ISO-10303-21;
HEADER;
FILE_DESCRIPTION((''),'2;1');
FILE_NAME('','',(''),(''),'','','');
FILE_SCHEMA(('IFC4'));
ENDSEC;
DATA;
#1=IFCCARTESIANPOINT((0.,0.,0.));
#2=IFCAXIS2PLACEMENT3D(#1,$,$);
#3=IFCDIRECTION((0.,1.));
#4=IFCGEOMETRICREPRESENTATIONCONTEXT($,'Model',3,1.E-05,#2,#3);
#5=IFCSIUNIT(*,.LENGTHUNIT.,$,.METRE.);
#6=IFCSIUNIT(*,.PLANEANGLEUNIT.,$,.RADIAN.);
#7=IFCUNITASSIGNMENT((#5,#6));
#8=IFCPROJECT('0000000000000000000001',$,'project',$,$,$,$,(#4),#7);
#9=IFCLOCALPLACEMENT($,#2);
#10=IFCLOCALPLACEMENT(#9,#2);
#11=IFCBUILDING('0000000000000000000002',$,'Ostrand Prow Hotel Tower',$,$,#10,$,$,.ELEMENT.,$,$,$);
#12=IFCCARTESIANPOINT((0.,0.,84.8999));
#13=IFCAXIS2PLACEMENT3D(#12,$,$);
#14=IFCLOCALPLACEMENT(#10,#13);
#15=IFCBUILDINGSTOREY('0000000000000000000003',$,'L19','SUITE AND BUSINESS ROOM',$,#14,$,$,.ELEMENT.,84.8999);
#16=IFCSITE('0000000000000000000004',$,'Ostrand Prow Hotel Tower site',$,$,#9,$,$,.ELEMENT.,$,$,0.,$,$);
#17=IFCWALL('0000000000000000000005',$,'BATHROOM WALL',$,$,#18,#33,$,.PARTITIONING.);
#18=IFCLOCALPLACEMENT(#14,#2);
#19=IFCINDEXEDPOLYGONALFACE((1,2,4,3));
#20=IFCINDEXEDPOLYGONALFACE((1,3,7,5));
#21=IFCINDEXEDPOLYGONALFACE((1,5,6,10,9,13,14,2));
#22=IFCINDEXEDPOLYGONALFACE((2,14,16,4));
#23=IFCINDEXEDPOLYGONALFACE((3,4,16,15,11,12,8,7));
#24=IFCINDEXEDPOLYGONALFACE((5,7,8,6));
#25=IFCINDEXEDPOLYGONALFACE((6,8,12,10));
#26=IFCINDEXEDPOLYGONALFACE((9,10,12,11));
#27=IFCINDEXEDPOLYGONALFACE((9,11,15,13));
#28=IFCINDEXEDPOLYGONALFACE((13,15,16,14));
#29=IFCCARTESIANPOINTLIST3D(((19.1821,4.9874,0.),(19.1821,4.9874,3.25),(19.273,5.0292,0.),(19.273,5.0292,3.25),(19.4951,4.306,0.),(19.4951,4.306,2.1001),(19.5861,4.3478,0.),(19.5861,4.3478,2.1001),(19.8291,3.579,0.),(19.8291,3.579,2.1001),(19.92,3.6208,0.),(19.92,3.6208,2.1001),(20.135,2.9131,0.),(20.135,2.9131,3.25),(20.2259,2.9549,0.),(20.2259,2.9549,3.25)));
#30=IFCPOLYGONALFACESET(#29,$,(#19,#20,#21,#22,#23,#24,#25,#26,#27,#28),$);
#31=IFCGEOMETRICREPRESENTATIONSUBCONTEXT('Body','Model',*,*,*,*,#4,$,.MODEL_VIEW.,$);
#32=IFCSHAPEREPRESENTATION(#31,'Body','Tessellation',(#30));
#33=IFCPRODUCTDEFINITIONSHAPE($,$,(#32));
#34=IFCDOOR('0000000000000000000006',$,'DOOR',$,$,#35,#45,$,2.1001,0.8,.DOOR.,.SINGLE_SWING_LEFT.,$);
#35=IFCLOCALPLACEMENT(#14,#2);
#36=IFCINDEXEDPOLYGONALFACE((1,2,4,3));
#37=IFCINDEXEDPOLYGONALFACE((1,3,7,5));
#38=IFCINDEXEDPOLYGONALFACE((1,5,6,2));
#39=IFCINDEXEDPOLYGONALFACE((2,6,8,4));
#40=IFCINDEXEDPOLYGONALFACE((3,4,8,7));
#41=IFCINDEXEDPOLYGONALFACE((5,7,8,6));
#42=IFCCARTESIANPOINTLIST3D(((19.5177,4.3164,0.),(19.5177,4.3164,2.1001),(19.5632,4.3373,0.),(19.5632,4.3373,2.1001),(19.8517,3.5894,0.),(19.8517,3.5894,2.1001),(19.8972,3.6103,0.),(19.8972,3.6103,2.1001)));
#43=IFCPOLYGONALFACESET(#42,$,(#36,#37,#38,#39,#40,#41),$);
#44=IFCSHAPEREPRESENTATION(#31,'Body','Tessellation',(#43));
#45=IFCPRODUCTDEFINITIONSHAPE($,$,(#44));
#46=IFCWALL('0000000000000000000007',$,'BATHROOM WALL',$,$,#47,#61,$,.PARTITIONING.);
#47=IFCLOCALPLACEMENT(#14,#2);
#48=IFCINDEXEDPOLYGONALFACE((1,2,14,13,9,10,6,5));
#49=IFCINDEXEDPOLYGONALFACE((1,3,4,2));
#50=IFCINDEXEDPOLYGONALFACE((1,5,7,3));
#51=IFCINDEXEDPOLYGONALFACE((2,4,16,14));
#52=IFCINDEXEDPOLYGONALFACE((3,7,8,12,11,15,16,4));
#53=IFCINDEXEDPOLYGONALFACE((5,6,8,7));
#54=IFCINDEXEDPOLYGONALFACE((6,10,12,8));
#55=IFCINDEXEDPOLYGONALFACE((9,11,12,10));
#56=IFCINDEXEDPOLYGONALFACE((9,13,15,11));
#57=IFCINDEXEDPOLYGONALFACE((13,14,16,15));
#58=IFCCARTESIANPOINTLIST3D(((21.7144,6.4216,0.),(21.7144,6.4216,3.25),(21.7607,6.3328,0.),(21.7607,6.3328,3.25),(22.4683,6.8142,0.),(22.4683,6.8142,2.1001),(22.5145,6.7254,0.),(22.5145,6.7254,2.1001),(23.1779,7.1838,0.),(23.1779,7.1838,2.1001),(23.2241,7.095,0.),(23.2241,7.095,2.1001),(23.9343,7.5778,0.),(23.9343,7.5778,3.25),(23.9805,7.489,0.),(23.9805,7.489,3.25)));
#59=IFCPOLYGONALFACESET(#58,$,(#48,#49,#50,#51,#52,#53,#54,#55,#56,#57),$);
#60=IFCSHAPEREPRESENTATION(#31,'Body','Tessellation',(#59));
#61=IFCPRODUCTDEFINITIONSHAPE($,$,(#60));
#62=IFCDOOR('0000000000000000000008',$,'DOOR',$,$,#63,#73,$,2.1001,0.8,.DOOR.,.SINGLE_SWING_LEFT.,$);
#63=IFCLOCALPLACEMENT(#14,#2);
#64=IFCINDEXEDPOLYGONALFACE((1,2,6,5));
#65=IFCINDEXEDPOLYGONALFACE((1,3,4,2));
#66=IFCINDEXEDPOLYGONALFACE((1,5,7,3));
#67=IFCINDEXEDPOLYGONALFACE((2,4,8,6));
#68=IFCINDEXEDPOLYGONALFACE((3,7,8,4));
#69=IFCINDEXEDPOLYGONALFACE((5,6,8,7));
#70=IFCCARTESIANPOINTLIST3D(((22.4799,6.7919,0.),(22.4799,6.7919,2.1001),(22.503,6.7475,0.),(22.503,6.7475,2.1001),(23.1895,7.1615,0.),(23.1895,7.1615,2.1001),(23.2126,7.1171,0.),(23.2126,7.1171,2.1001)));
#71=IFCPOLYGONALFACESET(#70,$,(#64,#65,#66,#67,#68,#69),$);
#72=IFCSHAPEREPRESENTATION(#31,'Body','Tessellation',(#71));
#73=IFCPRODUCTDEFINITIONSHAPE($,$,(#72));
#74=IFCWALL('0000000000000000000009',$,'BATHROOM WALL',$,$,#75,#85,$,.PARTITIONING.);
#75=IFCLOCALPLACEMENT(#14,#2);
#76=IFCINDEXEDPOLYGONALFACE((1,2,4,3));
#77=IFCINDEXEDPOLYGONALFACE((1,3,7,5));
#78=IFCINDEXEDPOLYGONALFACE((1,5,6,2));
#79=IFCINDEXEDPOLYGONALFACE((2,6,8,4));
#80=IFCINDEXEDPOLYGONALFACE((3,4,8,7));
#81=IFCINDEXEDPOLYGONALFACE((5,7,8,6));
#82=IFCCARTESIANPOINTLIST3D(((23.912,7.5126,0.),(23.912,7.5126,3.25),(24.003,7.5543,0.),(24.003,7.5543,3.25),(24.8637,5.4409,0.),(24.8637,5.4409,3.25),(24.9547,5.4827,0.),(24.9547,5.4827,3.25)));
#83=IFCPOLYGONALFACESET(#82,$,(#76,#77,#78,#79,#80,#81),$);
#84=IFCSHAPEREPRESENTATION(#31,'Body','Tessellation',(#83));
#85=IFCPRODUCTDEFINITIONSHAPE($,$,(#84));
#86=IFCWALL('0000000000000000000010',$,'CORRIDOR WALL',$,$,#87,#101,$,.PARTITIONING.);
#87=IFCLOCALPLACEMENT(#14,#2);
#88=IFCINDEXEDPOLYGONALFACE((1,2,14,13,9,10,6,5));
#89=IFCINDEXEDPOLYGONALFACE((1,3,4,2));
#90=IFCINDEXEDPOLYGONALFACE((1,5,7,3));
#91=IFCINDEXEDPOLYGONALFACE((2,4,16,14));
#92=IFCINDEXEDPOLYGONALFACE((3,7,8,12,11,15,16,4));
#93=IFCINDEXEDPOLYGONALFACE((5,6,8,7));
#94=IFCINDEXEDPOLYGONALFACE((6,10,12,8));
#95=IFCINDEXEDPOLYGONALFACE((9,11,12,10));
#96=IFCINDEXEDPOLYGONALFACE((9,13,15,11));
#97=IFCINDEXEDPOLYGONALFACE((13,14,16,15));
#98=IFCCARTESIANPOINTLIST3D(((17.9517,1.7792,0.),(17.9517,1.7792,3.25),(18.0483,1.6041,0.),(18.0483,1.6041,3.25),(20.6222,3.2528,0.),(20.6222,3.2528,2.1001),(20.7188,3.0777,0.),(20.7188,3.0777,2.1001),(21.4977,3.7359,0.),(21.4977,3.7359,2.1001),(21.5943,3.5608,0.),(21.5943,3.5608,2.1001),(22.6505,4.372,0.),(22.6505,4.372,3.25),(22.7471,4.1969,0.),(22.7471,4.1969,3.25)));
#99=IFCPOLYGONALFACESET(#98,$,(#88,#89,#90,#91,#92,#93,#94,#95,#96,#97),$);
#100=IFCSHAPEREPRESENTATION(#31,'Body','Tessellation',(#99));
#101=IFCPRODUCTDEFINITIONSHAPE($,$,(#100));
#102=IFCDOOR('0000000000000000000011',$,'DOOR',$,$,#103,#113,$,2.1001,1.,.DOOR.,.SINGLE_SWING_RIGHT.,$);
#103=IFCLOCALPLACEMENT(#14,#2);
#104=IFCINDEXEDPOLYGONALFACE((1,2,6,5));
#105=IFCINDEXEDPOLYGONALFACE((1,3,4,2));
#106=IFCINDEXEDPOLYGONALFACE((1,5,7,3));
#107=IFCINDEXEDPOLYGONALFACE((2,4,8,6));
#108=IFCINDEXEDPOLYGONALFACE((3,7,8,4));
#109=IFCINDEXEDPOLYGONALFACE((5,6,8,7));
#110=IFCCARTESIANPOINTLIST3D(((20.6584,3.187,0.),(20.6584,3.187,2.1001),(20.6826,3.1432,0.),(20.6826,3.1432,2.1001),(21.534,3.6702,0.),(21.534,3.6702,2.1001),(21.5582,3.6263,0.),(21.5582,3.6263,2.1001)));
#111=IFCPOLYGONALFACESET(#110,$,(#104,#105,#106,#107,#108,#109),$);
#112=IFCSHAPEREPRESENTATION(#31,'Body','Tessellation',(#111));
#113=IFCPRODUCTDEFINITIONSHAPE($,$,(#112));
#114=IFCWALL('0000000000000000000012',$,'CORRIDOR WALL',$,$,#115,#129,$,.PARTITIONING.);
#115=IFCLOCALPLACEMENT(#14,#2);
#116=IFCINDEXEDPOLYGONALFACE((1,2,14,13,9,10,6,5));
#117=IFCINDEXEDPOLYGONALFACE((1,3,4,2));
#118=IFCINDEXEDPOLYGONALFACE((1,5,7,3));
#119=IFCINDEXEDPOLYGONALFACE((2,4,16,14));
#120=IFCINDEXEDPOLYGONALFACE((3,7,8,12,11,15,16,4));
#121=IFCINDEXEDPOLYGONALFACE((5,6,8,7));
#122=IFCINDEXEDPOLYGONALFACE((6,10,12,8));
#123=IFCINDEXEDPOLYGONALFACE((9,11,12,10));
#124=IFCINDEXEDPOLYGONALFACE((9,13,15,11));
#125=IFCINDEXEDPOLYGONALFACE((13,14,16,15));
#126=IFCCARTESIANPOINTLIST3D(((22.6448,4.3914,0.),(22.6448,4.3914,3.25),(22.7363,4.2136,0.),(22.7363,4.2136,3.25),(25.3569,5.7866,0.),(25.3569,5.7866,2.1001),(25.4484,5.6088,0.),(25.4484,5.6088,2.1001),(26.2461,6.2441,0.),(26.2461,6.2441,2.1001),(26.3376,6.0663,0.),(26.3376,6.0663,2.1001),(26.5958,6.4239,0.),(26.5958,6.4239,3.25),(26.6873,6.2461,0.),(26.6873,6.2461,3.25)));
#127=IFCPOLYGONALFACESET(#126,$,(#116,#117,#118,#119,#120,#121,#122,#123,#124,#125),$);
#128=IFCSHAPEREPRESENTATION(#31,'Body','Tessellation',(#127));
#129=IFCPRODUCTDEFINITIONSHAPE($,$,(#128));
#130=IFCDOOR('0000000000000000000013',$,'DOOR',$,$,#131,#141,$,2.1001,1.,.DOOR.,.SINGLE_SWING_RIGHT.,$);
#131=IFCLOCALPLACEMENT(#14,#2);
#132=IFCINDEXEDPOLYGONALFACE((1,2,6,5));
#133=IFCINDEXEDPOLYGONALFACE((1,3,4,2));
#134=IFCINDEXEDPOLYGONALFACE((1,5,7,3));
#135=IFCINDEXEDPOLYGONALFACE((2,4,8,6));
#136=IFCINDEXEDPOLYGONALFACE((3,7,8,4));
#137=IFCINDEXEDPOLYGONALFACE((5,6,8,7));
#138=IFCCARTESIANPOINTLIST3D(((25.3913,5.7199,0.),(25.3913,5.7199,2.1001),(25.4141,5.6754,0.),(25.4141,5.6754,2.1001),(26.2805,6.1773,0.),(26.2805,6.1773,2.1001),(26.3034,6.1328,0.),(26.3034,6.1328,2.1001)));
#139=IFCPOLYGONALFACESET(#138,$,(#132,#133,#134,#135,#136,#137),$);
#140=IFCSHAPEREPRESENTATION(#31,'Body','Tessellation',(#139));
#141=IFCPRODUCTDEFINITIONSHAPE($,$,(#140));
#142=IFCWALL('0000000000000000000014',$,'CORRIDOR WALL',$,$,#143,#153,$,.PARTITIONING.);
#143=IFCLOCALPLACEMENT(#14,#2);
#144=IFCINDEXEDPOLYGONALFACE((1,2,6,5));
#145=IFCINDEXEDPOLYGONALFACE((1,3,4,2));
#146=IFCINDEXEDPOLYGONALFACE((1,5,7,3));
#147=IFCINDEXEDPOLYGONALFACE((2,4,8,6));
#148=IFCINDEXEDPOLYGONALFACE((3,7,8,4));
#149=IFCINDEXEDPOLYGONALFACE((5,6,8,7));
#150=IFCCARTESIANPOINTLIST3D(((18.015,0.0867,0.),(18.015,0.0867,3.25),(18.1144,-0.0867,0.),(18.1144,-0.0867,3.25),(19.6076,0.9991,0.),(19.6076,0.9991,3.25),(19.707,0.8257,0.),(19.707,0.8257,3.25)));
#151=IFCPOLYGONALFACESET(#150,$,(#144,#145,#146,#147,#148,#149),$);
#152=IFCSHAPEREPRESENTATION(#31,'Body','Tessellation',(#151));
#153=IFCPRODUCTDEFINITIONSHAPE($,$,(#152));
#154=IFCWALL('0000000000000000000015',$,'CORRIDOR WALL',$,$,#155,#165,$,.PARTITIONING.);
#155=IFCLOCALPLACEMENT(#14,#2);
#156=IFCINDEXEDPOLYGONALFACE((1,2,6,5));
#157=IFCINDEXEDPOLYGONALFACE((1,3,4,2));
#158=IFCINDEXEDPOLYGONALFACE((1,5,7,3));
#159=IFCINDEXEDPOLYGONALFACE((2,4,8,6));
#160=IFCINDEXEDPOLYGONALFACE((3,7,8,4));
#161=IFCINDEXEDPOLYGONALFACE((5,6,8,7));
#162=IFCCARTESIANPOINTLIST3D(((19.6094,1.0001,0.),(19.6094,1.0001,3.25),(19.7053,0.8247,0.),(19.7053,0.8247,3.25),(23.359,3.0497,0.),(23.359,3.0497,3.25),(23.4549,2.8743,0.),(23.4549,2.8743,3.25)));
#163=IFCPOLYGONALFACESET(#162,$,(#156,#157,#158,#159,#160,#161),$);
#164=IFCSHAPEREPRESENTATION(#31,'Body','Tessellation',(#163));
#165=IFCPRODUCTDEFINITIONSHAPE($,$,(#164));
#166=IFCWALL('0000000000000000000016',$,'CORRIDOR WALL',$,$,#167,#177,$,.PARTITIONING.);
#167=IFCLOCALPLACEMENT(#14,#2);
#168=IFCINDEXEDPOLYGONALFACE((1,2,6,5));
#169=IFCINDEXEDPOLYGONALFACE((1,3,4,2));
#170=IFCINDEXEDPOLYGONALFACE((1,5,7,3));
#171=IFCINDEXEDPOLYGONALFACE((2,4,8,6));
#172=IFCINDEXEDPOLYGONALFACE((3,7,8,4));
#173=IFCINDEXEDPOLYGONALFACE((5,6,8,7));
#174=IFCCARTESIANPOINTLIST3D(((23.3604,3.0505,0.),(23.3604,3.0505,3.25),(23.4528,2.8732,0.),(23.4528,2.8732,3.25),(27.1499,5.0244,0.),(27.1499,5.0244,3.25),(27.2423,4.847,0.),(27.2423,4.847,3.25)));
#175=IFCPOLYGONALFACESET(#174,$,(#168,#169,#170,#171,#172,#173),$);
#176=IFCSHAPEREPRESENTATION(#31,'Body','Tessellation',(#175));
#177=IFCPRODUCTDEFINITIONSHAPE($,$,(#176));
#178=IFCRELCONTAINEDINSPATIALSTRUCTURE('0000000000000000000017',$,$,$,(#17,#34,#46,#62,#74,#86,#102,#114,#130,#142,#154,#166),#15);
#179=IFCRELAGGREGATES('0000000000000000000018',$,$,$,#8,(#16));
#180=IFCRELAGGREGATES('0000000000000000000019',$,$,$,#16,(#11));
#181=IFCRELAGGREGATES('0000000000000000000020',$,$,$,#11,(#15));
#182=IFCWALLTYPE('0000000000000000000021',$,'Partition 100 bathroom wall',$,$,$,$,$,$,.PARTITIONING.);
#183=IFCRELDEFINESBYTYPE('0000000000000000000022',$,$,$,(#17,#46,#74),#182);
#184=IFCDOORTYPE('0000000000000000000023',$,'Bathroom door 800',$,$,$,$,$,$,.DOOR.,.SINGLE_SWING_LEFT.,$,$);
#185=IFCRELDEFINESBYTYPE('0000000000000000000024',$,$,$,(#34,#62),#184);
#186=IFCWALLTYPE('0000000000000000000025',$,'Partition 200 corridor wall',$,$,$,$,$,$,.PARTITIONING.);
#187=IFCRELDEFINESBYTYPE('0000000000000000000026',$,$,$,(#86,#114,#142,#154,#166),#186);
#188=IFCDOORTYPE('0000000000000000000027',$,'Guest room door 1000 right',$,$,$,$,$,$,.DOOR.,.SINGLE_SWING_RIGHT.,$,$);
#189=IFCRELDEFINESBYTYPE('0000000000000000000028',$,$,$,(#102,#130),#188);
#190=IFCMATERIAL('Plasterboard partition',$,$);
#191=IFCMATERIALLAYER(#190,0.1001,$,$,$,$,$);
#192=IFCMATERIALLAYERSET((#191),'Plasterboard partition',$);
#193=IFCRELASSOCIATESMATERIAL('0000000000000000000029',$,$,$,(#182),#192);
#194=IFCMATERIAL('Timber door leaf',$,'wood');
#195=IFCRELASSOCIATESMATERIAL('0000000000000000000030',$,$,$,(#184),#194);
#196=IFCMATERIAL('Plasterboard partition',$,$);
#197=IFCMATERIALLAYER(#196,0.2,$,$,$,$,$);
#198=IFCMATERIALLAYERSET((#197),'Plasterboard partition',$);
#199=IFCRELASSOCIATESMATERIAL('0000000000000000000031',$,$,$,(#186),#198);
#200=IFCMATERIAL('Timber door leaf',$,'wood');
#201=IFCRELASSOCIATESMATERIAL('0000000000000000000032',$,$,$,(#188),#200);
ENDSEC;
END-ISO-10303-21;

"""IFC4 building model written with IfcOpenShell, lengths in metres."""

from ifc_helpers import new_model, si_unit, direction, frame, frame_2d, origin, place, context, subcontext, project, spatial, rectangle, extrude, material, layer, layer_set, type_object, element, fill, save


model = new_model("IFC4")

# Units and contexts
model_context = context("Model", 3, precision=1e-05, world=origin(), true_north=direction((0.0, 1.0)))
body_context = subcontext(model_context, "Body", "Model", "MODEL_VIEW")
ifc_project = project(units=[si_unit("LENGTHUNIT", "METRE"), si_unit("PLANEANGLEUNIT", "RADIAN")], contexts=[model_context])

# Site, building, storey
site_placement = place(None, origin())
site = spatial("IfcSite", under=ifc_project, at=site_placement, Name="Ostrand Prow Hotel Tower site", CompositionType="ELEMENT", RefElevation=0.0)
building_placement = place(site_placement, origin())
building = spatial("IfcBuilding", under=site, at=building_placement, Name="Ostrand Prow Hotel Tower", CompositionType="ELEMENT")
storey_placement = place(building_placement, frame((0.0, 0.0, 84.8999)))
storey = spatial("IfcBuildingStorey", under=building, at=storey_placement, Name="L19", Description="SUITE AND BUSINESS ROOM", CompositionType="ELEMENT", Elevation=84.8999)

# Shared definitions
ifc_material_1 = material(Name="Plasterboard partition")
ifc_layer_1 = layer(ifc_material_1, 0.1001)
ifc_layer_set_1 = layer_set([ifc_layer_1], Name="Plasterboard partition")
wall_type_1 = type_object("IfcWallType", Name="Partition 100 bathroom wall", PredefinedType="PARTITIONING", material=ifc_layer_set_1)

# Walls, openings, doors
wall_1_placement = place(storey_placement, frame((19.2275, 5.0083, 0.0), z_axis=(0.0, 0.0, 1.0), x_axis=(0.41745, -0.9087, 0.0)))
wall_1 = element("IfcWall", 1, at=wall_1_placement, inside=storey, type_object=wall_type_1, Name="BATHROOM WALL", PredefinedType="PARTITIONING", context=body_context, shape_type="SweptSolid", body=[
    extrude(rectangle(XDim=2.2827, YDim=0.1001, at=frame_2d((1.1414, 0.0))), origin(), (0.0, 0.0, 1.0), 3.25),
])
opening_1_placement = place(wall_1_placement, frame((0.75, 0.0, 0.0)))
opening_1 = element("IfcOpeningElement", 2, at=opening_1_placement, cuts=wall_1, PredefinedType="OPENING", context=body_context, shape_type="SweptSolid", body=[
    extrude(rectangle(XDim=0.8, YDim=2.1001, at=frame_2d((0.3999, 1.05))), frame((0.0, 0.0601, 0.0), z_axis=(0.0, -1.0, 0.0), x_axis=(1.0, 0.0, 0.0)), (0.0, 0.0, 1.0), 0.1201),
])
ifc_material_2 = material(Name="Timber door leaf", Category="wood")
door_type_1 = type_object("IfcDoorType", Name="Bathroom door 800", OperationType="SINGLE_SWING_LEFT", PredefinedType="DOOR", material=ifc_material_2)
door_1_placement = place(opening_1_placement, origin())
door_1 = element("IfcDoor", 3, at=door_1_placement, inside=storey, type_object=door_type_1, Name="DOOR", OperationType="SINGLE_SWING_LEFT", OverallHeight=2.1001, OverallWidth=0.8, PredefinedType="DOOR", context=body_context, shape_type="SweptSolid", body=[
    extrude(rectangle(XDim=0.8, YDim=2.1001, at=frame_2d((0.3999, 1.05))), frame((0.0, 0.0249, 0.0), z_axis=(0.0, -1.0, 0.0), x_axis=(1.0, 0.0, 0.0)), (0.0, 0.0, 1.0), 0.05),
])
fill(opening_1, door_1)
wall_2_placement = place(storey_placement, frame((21.7375, 6.3772, 0.0), z_axis=(0.0, 0.0, 1.0), x_axis=(0.886912, 0.461939, 0.0)))
wall_2 = element("IfcWall", 4, at=wall_2_placement, inside=storey, type_object=wall_type_1, Name="BATHROOM WALL", PredefinedType="PARTITIONING", context=body_context, shape_type="SweptSolid", body=[
    extrude(rectangle(XDim=2.5029, YDim=0.1001, at=frame_2d((1.2515, 0.0))), origin(), (0.0, 0.0, 1.0), 3.25),
])
opening_2_placement = place(wall_2_placement, frame((0.8501, 0.0, 0.0)))
opening_2 = element("IfcOpeningElement", 5, at=opening_2_placement, cuts=wall_2, PredefinedType="OPENING", context=body_context, shape_type="SweptSolid", body=[
    extrude(rectangle(XDim=0.8, YDim=2.1001, at=frame_2d((0.3999, 1.05))), frame((0.0, 0.0601, 0.0), z_axis=(0.0, -1.0, 0.0), x_axis=(1.0, 0.0, 0.0)), (0.0, 0.0, 1.0), 0.1201),
])
door_2_placement = place(opening_2_placement, origin())
door_2 = element("IfcDoor", 6, at=door_2_placement, inside=storey, type_object=door_type_1, Name="DOOR", OperationType="SINGLE_SWING_LEFT", OverallHeight=2.1001, OverallWidth=0.8, PredefinedType="DOOR", context=body_context, shape_type="SweptSolid", body=[
    extrude(rectangle(XDim=0.8, YDim=2.1001, at=frame_2d((0.3999, 1.05))), frame((0.0, 0.0249, 0.0), z_axis=(0.0, -1.0, 0.0), x_axis=(1.0, 0.0, 0.0)), (0.0, 0.0, 1.0), 0.05),
])
fill(opening_2, door_2)

# Wall
wall_3_placement = place(storey_placement, frame((23.9575, 7.5334, 0.0), z_axis=(0.0, 0.0, 1.0), x_axis=(0.417455, -0.908698, 0.0)))
element("IfcWall", 7, at=wall_3_placement, inside=storey, type_object=wall_type_1, Name="BATHROOM WALL", PredefinedType="PARTITIONING", context=body_context, shape_type="SweptSolid", body=[
    extrude(rectangle(XDim=2.2798, YDim=0.1001, at=frame_2d((1.1399, 0.0))), origin(), (0.0, 0.0, 1.0), 3.25),
])

# Walls, openings, doors
ifc_material_3 = material(Name="Plasterboard partition")
ifc_layer_2 = layer(ifc_material_3, 0.2)
ifc_layer_set_2 = layer_set([ifc_layer_2], Name="Plasterboard partition")
wall_type_2 = type_object("IfcWallType", Name="Partition 200 corridor wall", PredefinedType="PARTITIONING", material=ifc_layer_set_2)
wall_4_placement = place(storey_placement, frame((18.0, 1.6917, 0.0), z_axis=(0.0, 0.0, 1.0), x_axis=(0.875548, 0.48313, 0.0)))
wall_4 = element("IfcWall", 8, at=wall_4_placement, inside=storey, type_object=wall_type_2, Name="CORRIDOR WALL", PredefinedType="PARTITIONING", context=body_context, shape_type="SweptSolid", body=[
    extrude(rectangle(XDim=5.3667, YDim=0.2, at=frame_2d((2.6833, 0.0))), origin(), (0.0, 0.0, 1.0), 3.25),
])
opening_3_placement = place(wall_4_placement, frame((3.05, 0.0, 0.0)))
opening_3 = element("IfcOpeningElement", 9, at=opening_3_placement, cuts=wall_4, PredefinedType="OPENING", context=body_context, shape_type="SweptSolid", body=[
    extrude(rectangle(XDim=1.0, YDim=2.1001, at=frame_2d((0.5, 1.05))), frame((0.0, 0.1099, 0.0), z_axis=(0.0, -1.0, 0.0), x_axis=(1.0, 0.0, 0.0)), (0.0, 0.0, 1.0), 0.22),
])
ifc_material_4 = material(Name="Timber door leaf", Category="wood")
door_type_2 = type_object("IfcDoorType", Name="Guest room door 1000 right", OperationType="SINGLE_SWING_RIGHT", PredefinedType="DOOR", material=ifc_material_4)
door_3_placement = place(opening_3_placement, origin())
door_3 = element("IfcDoor", 10, at=door_3_placement, inside=storey, type_object=door_type_2, Name="DOOR", OperationType="SINGLE_SWING_RIGHT", OverallHeight=2.1001, OverallWidth=1.0, PredefinedType="DOOR", context=body_context, shape_type="SweptSolid", body=[
    extrude(rectangle(XDim=1.0, YDim=2.1001, at=frame_2d((0.5, 1.05))), frame((0.0, 0.0249, 0.0), z_axis=(0.0, -1.0, 0.0), x_axis=(1.0, 0.0, 0.0)), (0.0, 0.0, 1.0), 0.05),
])
fill(opening_3, door_3)
wall_5_placement = place(storey_placement, frame((22.6904, 4.3025, 0.0), z_axis=(0.0, 0.0, 1.0), x_axis=(0.889236, 0.457449, 0.0)))
wall_5 = element("IfcWall", 11, at=wall_5_placement, inside=storey, type_object=wall_type_2, Name="CORRIDOR WALL", PredefinedType="PARTITIONING", context=body_context, shape_type="SweptSolid", body=[
    extrude(rectangle(XDim=4.4431, YDim=0.2, at=frame_2d((2.2217, 0.0))), origin(), (0.0, 0.0, 1.0), 3.25),
])
opening_4_placement = place(wall_5_placement, frame((3.05, 0.0, 0.0)))
opening_4 = element("IfcOpeningElement", 12, at=opening_4_placement, cuts=wall_5, PredefinedType="OPENING", context=body_context, shape_type="SweptSolid", body=[
    extrude(rectangle(XDim=1.0, YDim=2.1001, at=frame_2d((0.5, 1.05))), frame((0.0, 0.1099, 0.0), z_axis=(0.0, -1.0, 0.0), x_axis=(1.0, 0.0, 0.0)), (0.0, 0.0, 1.0), 0.22),
])
door_4_placement = place(opening_4_placement, origin())
door_4 = element("IfcDoor", 13, at=door_4_placement, inside=storey, type_object=door_type_2, Name="DOOR", OperationType="SINGLE_SWING_RIGHT", OverallHeight=2.1001, OverallWidth=1.0, PredefinedType="DOOR", context=body_context, shape_type="SweptSolid", body=[
    extrude(rectangle(XDim=1.0, YDim=2.1001, at=frame_2d((0.5, 1.05))), frame((0.0, 0.0249, 0.0), z_axis=(0.0, -1.0, 0.0), x_axis=(1.0, 0.0, 0.0)), (0.0, 0.0, 1.0), 0.05),
])
fill(opening_4, door_4)

# Walls
wall_6_placement = place(storey_placement, frame((18.0647, 0.0, 0.0), z_axis=(0.0, 0.0, 1.0), x_axis=(0.867694, 0.497098, 0.0)))
element("IfcWall", 14, at=wall_6_placement, inside=storey, type_object=wall_type_2, Name="CORRIDOR WALL", PredefinedType="PARTITIONING", context=body_context, shape_type="SweptSolid", body=[
    extrude(rectangle(XDim=1.8354, YDim=0.2, at=frame_2d((0.9177, 0.0))), origin(), (0.0, 0.0, 1.0), 3.25),
])
wall_7_placement = place(storey_placement, frame((19.6572, 0.9124, 0.0), z_axis=(0.0, 0.0, 1.0), x_axis=(0.877465, 0.479641, 0.0)))
element("IfcWall", 15, at=wall_7_placement, inside=storey, type_object=wall_type_2, Name="CORRIDOR WALL", PredefinedType="PARTITIONING", context=body_context, shape_type="SweptSolid", body=[
    extrude(rectangle(XDim=4.2732, YDim=0.2, at=frame_2d((2.1367, 0.0))), origin(), (0.0, 0.0, 1.0), 3.25),
])
wall_8_placement = place(storey_placement, frame((23.4067, 2.9619, 0.0), z_axis=(0.0, 0.0, 1.0), x_axis=(0.886899, 0.461963, 0.0)))
element("IfcWall", 16, at=wall_8_placement, inside=storey, type_object=wall_type_2, Name="CORRIDOR WALL", PredefinedType="PARTITIONING", context=body_context, shape_type="SweptSolid", body=[
    extrude(rectangle(XDim=4.2727, YDim=0.2, at=frame_2d((2.1362, 0.0))), origin(), (0.0, 0.0, 1.0), 3.25),
])

save(model, "model.ifc")
